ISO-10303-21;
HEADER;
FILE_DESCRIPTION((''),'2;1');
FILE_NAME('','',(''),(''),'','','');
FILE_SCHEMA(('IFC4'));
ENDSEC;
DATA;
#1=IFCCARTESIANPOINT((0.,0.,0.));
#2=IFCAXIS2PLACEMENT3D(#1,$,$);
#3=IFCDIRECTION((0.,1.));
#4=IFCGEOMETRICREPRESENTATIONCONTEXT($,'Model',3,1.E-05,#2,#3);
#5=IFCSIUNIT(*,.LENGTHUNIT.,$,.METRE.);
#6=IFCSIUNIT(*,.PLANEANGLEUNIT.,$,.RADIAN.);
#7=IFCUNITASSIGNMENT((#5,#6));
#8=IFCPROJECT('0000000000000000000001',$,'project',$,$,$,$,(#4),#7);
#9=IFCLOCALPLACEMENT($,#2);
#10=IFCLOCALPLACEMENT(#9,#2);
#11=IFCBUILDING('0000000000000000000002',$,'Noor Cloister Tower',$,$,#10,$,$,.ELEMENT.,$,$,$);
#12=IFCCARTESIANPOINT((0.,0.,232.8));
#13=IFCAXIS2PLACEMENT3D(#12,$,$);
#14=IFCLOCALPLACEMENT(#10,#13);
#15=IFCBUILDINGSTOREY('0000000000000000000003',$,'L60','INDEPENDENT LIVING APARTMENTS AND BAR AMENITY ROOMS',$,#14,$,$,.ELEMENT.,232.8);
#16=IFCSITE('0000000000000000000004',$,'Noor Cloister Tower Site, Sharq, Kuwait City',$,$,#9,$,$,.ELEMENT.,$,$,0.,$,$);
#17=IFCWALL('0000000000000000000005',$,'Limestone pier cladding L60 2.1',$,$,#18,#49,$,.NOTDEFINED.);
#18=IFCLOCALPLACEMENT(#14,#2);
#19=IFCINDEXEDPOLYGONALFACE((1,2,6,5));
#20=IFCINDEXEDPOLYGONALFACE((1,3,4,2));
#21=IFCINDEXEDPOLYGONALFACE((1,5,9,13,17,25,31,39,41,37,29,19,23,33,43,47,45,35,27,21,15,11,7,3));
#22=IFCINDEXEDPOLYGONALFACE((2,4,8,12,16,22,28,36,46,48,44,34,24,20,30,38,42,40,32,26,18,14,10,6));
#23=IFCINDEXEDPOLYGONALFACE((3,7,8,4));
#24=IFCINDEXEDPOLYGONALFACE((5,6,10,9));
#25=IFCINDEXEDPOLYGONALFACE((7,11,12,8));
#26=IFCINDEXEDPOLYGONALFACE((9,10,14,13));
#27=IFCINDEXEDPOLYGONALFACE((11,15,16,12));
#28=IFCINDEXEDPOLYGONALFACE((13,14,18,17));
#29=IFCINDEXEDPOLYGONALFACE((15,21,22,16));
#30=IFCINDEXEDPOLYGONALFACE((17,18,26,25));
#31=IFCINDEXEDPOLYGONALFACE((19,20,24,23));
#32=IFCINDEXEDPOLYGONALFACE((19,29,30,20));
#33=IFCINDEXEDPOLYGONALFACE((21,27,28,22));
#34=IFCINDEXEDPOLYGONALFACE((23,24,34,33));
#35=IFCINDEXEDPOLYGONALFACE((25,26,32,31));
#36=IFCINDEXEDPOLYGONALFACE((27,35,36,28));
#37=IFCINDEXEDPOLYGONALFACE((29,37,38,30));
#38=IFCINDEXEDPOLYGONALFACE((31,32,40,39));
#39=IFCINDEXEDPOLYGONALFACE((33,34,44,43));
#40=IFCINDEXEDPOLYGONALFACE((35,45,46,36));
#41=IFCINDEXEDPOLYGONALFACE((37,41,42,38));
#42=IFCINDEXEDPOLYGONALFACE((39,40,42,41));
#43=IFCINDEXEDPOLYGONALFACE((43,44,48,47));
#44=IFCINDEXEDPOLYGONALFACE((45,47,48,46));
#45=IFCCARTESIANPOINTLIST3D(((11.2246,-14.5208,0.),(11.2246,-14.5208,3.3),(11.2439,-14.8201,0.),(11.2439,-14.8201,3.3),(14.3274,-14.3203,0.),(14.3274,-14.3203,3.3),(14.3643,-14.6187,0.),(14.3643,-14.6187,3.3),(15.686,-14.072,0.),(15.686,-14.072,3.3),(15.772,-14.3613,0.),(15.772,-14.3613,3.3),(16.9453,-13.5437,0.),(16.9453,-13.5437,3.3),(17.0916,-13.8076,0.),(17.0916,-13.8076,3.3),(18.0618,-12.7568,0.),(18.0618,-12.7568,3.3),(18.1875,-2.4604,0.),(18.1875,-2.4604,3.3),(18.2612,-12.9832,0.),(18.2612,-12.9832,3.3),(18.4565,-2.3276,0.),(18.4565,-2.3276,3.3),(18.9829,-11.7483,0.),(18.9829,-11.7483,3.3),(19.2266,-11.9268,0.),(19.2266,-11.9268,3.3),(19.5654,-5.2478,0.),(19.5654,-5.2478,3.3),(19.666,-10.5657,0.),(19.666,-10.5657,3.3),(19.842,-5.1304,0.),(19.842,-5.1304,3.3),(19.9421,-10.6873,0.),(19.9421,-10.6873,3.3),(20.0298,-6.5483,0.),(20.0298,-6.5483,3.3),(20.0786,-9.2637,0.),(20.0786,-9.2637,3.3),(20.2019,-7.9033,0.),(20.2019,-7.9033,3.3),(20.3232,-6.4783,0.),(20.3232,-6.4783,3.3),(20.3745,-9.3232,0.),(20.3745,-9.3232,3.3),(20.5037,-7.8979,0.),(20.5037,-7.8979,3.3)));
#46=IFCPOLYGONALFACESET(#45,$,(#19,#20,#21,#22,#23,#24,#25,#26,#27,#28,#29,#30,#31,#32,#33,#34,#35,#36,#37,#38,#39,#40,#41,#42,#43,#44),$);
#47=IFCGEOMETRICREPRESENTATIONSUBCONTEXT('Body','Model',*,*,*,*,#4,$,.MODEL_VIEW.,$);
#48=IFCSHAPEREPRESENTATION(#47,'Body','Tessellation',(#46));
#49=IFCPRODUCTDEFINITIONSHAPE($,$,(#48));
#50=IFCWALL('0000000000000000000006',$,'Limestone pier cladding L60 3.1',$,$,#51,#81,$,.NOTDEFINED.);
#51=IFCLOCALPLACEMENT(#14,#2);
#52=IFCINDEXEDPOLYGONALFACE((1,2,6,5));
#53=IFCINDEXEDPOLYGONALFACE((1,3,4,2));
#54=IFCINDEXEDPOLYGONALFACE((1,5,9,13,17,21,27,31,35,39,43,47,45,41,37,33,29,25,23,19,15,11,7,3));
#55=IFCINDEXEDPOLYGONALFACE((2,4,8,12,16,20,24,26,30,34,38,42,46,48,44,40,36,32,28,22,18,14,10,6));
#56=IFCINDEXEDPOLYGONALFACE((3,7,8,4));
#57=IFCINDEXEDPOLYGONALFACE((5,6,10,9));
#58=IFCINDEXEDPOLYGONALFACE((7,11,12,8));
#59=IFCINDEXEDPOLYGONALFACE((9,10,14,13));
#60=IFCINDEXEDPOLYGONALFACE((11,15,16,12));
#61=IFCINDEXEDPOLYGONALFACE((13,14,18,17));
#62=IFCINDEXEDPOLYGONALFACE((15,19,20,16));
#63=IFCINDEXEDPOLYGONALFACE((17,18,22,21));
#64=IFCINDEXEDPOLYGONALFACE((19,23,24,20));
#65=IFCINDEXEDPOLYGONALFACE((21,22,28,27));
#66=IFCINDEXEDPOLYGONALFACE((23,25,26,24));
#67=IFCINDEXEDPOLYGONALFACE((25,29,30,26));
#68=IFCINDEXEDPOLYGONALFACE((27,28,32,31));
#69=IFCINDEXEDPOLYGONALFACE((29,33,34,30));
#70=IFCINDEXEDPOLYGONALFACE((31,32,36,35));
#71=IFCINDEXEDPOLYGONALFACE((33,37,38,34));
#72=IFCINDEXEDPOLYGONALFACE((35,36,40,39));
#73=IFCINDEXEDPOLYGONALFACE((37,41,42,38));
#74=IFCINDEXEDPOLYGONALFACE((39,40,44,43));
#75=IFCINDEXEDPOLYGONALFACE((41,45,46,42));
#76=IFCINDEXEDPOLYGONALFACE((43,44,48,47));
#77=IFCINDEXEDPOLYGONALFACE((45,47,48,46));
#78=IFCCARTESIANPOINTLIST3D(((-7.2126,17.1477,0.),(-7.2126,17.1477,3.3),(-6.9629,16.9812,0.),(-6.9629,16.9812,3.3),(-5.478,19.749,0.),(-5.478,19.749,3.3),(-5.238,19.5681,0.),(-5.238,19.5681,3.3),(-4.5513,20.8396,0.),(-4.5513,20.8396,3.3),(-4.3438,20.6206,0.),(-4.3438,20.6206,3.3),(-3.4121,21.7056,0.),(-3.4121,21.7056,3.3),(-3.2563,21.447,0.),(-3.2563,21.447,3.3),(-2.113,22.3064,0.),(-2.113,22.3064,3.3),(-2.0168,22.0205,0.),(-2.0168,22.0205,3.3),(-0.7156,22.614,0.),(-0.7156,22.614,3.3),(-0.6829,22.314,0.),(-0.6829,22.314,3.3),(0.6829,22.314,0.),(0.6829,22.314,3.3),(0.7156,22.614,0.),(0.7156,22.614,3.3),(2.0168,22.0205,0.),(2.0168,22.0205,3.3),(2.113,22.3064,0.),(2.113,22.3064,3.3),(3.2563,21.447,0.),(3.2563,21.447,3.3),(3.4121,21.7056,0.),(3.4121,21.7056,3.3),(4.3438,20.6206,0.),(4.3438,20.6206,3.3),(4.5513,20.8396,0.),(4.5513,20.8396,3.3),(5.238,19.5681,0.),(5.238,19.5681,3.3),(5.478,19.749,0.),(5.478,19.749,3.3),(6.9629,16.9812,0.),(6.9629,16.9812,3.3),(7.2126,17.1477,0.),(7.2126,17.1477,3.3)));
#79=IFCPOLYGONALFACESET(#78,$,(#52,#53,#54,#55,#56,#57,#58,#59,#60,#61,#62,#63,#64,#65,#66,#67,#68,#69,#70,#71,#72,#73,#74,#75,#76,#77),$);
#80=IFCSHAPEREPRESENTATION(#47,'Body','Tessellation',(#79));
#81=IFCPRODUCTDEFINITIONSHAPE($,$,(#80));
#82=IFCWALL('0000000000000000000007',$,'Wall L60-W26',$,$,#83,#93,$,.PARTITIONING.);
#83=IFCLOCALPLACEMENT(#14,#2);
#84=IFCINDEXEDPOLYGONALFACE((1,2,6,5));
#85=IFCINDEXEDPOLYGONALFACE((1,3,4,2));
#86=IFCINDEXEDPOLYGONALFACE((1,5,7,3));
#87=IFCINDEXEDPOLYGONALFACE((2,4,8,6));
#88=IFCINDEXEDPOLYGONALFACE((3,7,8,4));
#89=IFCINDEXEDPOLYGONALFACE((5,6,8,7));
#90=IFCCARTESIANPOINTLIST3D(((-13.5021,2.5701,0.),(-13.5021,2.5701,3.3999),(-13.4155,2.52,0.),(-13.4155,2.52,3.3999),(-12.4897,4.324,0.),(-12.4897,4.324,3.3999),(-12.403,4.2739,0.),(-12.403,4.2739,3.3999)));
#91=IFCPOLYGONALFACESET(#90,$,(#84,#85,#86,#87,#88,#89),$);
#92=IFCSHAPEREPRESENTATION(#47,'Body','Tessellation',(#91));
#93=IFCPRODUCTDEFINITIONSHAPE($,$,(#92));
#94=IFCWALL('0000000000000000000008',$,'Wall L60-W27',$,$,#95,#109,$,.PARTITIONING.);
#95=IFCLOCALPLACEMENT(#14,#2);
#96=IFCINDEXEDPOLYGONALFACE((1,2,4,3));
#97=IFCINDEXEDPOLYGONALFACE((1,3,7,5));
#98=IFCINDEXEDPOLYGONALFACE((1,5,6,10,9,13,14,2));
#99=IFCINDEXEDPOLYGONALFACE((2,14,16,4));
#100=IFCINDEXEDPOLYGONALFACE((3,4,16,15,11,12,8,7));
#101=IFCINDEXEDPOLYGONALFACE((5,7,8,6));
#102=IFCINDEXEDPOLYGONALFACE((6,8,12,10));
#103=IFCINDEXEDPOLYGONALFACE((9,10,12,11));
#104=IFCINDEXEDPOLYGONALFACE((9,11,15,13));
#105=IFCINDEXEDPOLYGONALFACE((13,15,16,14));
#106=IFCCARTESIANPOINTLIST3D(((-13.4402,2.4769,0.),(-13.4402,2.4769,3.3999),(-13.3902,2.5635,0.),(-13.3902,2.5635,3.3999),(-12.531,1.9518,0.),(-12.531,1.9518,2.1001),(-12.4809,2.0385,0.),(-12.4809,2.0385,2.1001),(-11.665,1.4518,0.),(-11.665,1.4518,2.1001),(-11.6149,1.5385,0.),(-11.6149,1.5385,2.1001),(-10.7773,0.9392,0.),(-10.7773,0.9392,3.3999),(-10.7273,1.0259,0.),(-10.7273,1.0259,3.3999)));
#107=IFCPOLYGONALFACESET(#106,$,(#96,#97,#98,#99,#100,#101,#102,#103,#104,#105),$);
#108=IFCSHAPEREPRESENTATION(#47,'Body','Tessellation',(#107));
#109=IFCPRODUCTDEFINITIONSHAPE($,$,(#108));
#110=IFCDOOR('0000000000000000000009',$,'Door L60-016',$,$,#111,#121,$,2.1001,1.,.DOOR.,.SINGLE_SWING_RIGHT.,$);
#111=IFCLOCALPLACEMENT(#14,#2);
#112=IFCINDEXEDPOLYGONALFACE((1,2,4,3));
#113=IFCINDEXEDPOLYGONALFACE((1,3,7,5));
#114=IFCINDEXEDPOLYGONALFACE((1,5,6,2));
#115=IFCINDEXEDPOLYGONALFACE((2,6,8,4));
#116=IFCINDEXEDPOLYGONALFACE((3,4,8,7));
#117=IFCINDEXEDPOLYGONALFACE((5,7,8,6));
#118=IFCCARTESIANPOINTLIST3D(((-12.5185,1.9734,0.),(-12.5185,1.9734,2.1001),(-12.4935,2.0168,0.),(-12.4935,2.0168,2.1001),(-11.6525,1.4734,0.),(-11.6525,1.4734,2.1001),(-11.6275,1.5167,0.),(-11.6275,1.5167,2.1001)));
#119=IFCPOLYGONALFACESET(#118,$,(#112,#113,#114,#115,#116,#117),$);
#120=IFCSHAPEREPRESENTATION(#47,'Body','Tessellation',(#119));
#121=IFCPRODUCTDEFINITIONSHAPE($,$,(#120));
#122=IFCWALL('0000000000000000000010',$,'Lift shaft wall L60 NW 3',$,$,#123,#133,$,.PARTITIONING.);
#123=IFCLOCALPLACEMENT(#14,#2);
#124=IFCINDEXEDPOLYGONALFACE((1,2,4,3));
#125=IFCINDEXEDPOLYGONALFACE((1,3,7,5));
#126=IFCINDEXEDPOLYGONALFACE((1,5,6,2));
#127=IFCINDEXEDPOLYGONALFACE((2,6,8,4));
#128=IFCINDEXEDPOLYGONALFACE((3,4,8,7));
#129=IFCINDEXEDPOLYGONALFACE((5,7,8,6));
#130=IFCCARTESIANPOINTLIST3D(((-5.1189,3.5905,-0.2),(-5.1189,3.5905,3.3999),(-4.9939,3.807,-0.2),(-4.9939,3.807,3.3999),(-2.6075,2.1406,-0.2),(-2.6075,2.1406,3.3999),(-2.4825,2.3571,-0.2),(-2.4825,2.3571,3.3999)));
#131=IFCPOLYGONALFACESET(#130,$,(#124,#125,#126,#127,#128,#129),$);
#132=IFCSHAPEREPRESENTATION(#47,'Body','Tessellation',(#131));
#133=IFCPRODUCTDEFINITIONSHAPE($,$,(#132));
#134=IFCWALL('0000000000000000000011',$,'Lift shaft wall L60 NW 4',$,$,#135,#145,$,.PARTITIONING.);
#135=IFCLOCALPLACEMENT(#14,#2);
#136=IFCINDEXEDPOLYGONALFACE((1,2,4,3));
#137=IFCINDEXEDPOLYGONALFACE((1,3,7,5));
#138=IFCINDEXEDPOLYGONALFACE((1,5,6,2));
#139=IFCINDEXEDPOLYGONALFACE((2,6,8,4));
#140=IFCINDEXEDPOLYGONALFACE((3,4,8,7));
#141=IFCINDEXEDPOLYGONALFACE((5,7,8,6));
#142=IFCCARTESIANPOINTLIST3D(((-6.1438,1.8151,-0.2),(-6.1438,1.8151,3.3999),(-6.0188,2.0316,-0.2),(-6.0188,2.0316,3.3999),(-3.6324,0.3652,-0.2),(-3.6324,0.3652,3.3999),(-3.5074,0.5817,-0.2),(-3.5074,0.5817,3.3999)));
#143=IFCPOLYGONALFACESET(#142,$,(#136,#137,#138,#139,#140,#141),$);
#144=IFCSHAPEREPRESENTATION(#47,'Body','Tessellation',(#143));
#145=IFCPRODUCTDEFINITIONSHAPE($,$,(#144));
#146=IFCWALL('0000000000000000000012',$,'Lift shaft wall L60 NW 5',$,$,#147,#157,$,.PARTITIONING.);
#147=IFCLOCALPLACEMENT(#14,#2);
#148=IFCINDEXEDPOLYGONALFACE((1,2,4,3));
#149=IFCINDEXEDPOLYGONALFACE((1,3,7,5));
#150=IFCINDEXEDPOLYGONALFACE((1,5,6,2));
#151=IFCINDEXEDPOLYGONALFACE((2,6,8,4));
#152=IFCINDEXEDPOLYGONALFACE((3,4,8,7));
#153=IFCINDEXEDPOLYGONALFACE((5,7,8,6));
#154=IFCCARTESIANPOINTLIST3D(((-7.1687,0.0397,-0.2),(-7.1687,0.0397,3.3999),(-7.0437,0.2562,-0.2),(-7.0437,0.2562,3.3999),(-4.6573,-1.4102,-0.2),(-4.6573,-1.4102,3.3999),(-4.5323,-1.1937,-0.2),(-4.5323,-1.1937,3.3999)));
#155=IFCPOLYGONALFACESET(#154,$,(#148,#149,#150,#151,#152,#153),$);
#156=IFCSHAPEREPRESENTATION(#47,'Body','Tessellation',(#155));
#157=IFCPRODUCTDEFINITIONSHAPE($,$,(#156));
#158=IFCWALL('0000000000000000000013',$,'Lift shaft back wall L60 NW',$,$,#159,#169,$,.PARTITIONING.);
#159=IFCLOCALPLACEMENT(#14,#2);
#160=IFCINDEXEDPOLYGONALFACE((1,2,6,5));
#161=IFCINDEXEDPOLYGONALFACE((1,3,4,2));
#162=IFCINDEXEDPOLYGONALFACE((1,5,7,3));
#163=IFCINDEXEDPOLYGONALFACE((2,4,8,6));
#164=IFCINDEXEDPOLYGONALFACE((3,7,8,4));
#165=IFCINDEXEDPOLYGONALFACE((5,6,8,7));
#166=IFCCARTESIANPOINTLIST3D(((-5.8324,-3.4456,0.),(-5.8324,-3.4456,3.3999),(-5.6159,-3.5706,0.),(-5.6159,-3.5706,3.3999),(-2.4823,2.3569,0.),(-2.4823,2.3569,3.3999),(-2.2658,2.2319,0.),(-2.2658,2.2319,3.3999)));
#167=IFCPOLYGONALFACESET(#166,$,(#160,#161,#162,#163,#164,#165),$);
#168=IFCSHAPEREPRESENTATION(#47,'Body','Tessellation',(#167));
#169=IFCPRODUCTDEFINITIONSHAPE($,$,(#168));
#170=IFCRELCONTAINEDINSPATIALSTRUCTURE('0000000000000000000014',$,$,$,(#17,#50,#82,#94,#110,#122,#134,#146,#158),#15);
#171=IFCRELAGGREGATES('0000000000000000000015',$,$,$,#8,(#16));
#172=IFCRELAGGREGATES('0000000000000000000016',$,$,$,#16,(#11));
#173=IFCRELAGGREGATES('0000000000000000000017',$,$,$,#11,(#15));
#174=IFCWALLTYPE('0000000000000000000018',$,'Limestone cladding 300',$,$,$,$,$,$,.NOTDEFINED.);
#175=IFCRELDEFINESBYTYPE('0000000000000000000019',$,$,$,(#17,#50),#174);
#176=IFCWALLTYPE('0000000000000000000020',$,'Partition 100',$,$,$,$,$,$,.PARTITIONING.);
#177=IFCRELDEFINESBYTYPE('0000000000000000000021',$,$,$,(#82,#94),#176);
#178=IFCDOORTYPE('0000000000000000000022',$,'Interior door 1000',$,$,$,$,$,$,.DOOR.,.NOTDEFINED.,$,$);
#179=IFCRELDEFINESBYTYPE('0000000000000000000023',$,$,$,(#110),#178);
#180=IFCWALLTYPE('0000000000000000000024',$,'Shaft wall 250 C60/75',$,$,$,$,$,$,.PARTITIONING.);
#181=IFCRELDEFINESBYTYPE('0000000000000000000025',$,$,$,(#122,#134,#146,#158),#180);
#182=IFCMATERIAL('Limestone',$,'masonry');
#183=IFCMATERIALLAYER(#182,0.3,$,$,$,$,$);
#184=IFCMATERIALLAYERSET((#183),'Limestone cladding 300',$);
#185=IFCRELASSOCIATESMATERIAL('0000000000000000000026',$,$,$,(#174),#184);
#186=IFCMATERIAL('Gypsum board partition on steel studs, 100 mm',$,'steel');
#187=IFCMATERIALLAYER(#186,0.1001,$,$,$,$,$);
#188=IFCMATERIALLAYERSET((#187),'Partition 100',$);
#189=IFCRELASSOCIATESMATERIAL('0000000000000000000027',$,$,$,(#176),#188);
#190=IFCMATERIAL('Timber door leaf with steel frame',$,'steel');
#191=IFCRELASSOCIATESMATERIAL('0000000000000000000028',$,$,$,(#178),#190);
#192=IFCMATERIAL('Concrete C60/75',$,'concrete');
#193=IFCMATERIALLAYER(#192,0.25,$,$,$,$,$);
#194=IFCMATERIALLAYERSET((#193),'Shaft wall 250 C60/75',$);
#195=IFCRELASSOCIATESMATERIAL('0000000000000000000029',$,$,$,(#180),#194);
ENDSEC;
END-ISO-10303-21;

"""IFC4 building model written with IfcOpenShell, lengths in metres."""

from ifc_helpers import new_model, si_unit, direction, frame, frame_2d, origin, place, context, subcontext, project, spatial, polyline, rectangle, outline, extrude, material, layer, layer_set, type_object, element, fill, save


model = new_model("IFC4")

# Units and contexts
model_context = context("Model", 3, precision=1e-05, world=origin(), true_north=direction((0.0, 1.0)))
body_context = subcontext(model_context, "Body", "Model", "MODEL_VIEW")
ifc_project = project(units=[si_unit("LENGTHUNIT", "METRE"), si_unit("PLANEANGLEUNIT", "RADIAN")], contexts=[model_context])

# Site, building, storey
site_placement = place(None, origin())
site = spatial("IfcSite", under=ifc_project, at=site_placement, Name="Noor Cloister Tower Site, Sharq, Kuwait City", CompositionType="ELEMENT", RefElevation=0.0)
building_placement = place(site_placement, origin())
building = spatial("IfcBuilding", under=site, at=building_placement, Name="Noor Cloister Tower", CompositionType="ELEMENT")
storey_placement = place(building_placement, frame((0.0, 0.0, 232.8)))
storey = spatial("IfcBuildingStorey", under=building, at=storey_placement, Name="L60", Description="INDEPENDENT LIVING APARTMENTS AND BAR AMENITY ROOMS", CompositionType="ELEMENT", Elevation=232.8)

# Walls
ifc_material_1 = material(Name="Limestone", Category="masonry")
ifc_layer_1 = layer(ifc_material_1, 0.3)
ifc_layer_set_1 = layer_set([ifc_layer_1], Name="Limestone cladding 300")
wall_type_1 = type_object("IfcWallType", Name="Limestone cladding 300", PredefinedType="NOTDEFINED", material=ifc_layer_set_1)
wall_1_placement = place(storey_placement, origin())
element("IfcWall", 1, at=wall_1_placement, inside=storey, type_object=wall_type_1, Name="Limestone pier cladding L60 2.1", PredefinedType="NOTDEFINED", context=body_context, shape_type="SweptSolid", body=[
    extrude(outline(polyline([(11.2439, -14.8201), (14.3643, -14.6187), (15.772, -14.3613), (17.0916, -13.8076), (18.2612, -12.9832), (19.2266, -11.9268), (19.9421, -10.6873), (20.3745, -9.3232), (20.5037, -7.8979), (20.3232, -6.4783), (19.842, -5.1304), (18.4565, -2.3276), (18.1875, -2.4604), (19.5654, -5.2478), (20.0298, -6.5483), (20.2019, -7.9033), (20.0786, -9.2637), (19.666, -10.5657), (18.9829, -11.7483), (18.0618, -12.7568), (16.9453, -13.5437), (15.686, -14.072), (14.3274, -14.3203), (11.2246, -14.5208), (11.2439, -14.8201)])), origin(), (0.0, 0.0, 1.0), 3.3),
])
wall_2_placement = place(storey_placement, origin())
element("IfcWall", 2, at=wall_2_placement, inside=storey, type_object=wall_type_1, Name="Limestone pier cladding L60 3.1", PredefinedType="NOTDEFINED", context=body_context, shape_type="SweptSolid", body=[
    extrude(outline(polyline([(7.2126, 17.1477), (5.478, 19.749), (4.5513, 20.8396), (3.4121, 21.7056), (2.113, 22.3064), (0.7156, 22.614), (-0.7156, 22.614), (-2.113, 22.3064), (-3.4121, 21.7056), (-4.5513, 20.8396), (-5.478, 19.749), (-7.2126, 17.1477), (-6.9629, 16.9812), (-5.238, 19.5681), (-4.3438, 20.6206), (-3.2563, 21.447), (-2.0168, 22.0205), (-0.6829, 22.314), (0.6829, 22.314), (2.0168, 22.0205), (3.2563, 21.447), (4.3438, 20.6206), (5.238, 19.5681), (6.9629, 16.9812), (7.2126, 17.1477)])), origin(), (0.0, 0.0, 1.0), 3.3),
])
ifc_material_2 = material(Name="Gypsum board partition on steel studs, 100 mm", Category="steel")
ifc_layer_2 = layer(ifc_material_2, 0.1001)
ifc_layer_set_2 = layer_set([ifc_layer_2], Name="Partition 100")
wall_type_2 = type_object("IfcWallType", Name="Partition 100", PredefinedType="PARTITIONING", material=ifc_layer_set_2)
wall_3_placement = place(storey_placement, frame((-12.4463, 4.2991, 0.0), z_axis=(0.0, 0.0, 1.0), x_axis=(-0.499938, -0.866061, 0.0)))
element("IfcWall", 3, at=wall_3_placement, inside=storey, type_object=wall_type_2, Name="Wall L60-W26", PredefinedType="PARTITIONING", context=body_context, shape_type="SweptSolid", body=[
    extrude(rectangle(XDim=2.0251, YDim=0.1001, at=frame_2d((1.0127, 0.0))), origin(), (0.0, 0.0, 1.0), 3.3999),
])

# Wall, opening, door
wall_4_placement = place(storey_placement, frame((-13.4153, 2.5203, 0.0), z_axis=(0.0, 0.0, 1.0), x_axis=(0.865997, -0.50005, 0.0)))
wall_4 = element("IfcWall", 4, at=wall_4_placement, inside=storey, type_object=wall_type_2, Name="Wall L60-W27", PredefinedType="PARTITIONING", context=body_context, shape_type="SweptSolid", body=[
    extrude(rectangle(XDim=3.075, YDim=0.1001, at=frame_2d((1.5376, 0.0))), origin(), (0.0, 0.0, 1.0), 3.3999),
])
opening_1_placement = place(wall_4_placement, frame((1.05, 0.0, 0.0)))
opening_1 = element("IfcOpeningElement", 5, at=opening_1_placement, cuts=wall_4, PredefinedType="OPENING", context=body_context, shape_type="SweptSolid", body=[
    extrude(rectangle(XDim=1.0, YDim=2.1001, at=frame_2d((0.5, 1.05))), frame((0.0, 0.0601, 0.0), z_axis=(0.0, -1.0, 0.0), x_axis=(1.0, 0.0, 0.0)), (0.0, 0.0, 1.0), 0.1201),
])
ifc_material_3 = material(Name="Timber door leaf with steel frame", Category="steel")
door_type_1 = type_object("IfcDoorType", Name="Interior door 1000", OperationType="NOTDEFINED", PredefinedType="DOOR", material=ifc_material_3)
door_1_placement = place(opening_1_placement, origin())
door_1 = element("IfcDoor", 6, at=door_1_placement, inside=storey, type_object=door_type_1, Name="Door L60-016", OperationType="SINGLE_SWING_RIGHT", OverallHeight=2.1001, OverallWidth=1.0, PredefinedType="DOOR", context=body_context, shape_type="SweptSolid", body=[
    extrude(rectangle(XDim=1.0, YDim=2.1001, at=frame_2d((0.5, 1.05))), frame((0.0, 0.0249, 0.0), z_axis=(0.0, -1.0, 0.0), x_axis=(1.0, 0.0, 0.0)), (0.0, 0.0, 1.0), 0.05),
])
fill(opening_1, door_1)

# Walls
ifc_material_4 = material(Name="Concrete C60/75", Category="concrete")
ifc_layer_3 = layer(ifc_material_4, 0.25)
ifc_layer_set_3 = layer_set([ifc_layer_3], Name="Shaft wall 250 C60/75")
wall_type_3 = type_object("IfcWallType", Name="Shaft wall 250 C60/75", PredefinedType="PARTITIONING", material=ifc_layer_set_3)
for number, where, z_axis, x_axis, name in (
    (7, (-5.0564, 3.6987, -0.2), (0.0, 0.0, 1.0), (0.866033, -0.499987, 0.0), "Lift shaft wall L60 NW 3"),
    (8, (-6.0813, 1.9233, -0.2), (0.0, 0.0, 1.0), (0.866033, -0.499987, 0.0), "Lift shaft wall L60 NW 4"),
    (9, (-7.1062, 0.1479, -0.2), (0.0, 0.0, 1.0), (0.866033, -0.499987, 0.0), "Lift shaft wall L60 NW 5"),
):
    element("IfcWall", number, at=place(storey_placement, frame(where, z_axis=z_axis, x_axis=x_axis)), inside=storey, type_object=wall_type_3, Name=name, PredefinedType="PARTITIONING", context=body_context, shape_type="SweptSolid", body=[
        extrude(rectangle(XDim=2.8999, YDim=0.25, at=frame_2d((1.45, 0.0))), origin(), (0.0, 0.0, 1.0), 3.5999),
    ])
wall_5_placement = place(storey_placement, frame((-2.374, 2.2944, 0.0), z_axis=(0.0, 0.0, 1.0), x_axis=(-0.500003, -0.866024, 0.0)))
element("IfcWall", 10, at=wall_5_placement, inside=storey, type_object=wall_type_3, Name="Lift shaft back wall L60 NW", PredefinedType="PARTITIONING", context=body_context, shape_type="SweptSolid", body=[
    extrude(rectangle(XDim=6.7002, YDim=0.25, at=frame_2d((3.3501, 0.0))), origin(), (0.0, 0.0, 1.0), 3.3999),
])

save(model, "model.ifc")
